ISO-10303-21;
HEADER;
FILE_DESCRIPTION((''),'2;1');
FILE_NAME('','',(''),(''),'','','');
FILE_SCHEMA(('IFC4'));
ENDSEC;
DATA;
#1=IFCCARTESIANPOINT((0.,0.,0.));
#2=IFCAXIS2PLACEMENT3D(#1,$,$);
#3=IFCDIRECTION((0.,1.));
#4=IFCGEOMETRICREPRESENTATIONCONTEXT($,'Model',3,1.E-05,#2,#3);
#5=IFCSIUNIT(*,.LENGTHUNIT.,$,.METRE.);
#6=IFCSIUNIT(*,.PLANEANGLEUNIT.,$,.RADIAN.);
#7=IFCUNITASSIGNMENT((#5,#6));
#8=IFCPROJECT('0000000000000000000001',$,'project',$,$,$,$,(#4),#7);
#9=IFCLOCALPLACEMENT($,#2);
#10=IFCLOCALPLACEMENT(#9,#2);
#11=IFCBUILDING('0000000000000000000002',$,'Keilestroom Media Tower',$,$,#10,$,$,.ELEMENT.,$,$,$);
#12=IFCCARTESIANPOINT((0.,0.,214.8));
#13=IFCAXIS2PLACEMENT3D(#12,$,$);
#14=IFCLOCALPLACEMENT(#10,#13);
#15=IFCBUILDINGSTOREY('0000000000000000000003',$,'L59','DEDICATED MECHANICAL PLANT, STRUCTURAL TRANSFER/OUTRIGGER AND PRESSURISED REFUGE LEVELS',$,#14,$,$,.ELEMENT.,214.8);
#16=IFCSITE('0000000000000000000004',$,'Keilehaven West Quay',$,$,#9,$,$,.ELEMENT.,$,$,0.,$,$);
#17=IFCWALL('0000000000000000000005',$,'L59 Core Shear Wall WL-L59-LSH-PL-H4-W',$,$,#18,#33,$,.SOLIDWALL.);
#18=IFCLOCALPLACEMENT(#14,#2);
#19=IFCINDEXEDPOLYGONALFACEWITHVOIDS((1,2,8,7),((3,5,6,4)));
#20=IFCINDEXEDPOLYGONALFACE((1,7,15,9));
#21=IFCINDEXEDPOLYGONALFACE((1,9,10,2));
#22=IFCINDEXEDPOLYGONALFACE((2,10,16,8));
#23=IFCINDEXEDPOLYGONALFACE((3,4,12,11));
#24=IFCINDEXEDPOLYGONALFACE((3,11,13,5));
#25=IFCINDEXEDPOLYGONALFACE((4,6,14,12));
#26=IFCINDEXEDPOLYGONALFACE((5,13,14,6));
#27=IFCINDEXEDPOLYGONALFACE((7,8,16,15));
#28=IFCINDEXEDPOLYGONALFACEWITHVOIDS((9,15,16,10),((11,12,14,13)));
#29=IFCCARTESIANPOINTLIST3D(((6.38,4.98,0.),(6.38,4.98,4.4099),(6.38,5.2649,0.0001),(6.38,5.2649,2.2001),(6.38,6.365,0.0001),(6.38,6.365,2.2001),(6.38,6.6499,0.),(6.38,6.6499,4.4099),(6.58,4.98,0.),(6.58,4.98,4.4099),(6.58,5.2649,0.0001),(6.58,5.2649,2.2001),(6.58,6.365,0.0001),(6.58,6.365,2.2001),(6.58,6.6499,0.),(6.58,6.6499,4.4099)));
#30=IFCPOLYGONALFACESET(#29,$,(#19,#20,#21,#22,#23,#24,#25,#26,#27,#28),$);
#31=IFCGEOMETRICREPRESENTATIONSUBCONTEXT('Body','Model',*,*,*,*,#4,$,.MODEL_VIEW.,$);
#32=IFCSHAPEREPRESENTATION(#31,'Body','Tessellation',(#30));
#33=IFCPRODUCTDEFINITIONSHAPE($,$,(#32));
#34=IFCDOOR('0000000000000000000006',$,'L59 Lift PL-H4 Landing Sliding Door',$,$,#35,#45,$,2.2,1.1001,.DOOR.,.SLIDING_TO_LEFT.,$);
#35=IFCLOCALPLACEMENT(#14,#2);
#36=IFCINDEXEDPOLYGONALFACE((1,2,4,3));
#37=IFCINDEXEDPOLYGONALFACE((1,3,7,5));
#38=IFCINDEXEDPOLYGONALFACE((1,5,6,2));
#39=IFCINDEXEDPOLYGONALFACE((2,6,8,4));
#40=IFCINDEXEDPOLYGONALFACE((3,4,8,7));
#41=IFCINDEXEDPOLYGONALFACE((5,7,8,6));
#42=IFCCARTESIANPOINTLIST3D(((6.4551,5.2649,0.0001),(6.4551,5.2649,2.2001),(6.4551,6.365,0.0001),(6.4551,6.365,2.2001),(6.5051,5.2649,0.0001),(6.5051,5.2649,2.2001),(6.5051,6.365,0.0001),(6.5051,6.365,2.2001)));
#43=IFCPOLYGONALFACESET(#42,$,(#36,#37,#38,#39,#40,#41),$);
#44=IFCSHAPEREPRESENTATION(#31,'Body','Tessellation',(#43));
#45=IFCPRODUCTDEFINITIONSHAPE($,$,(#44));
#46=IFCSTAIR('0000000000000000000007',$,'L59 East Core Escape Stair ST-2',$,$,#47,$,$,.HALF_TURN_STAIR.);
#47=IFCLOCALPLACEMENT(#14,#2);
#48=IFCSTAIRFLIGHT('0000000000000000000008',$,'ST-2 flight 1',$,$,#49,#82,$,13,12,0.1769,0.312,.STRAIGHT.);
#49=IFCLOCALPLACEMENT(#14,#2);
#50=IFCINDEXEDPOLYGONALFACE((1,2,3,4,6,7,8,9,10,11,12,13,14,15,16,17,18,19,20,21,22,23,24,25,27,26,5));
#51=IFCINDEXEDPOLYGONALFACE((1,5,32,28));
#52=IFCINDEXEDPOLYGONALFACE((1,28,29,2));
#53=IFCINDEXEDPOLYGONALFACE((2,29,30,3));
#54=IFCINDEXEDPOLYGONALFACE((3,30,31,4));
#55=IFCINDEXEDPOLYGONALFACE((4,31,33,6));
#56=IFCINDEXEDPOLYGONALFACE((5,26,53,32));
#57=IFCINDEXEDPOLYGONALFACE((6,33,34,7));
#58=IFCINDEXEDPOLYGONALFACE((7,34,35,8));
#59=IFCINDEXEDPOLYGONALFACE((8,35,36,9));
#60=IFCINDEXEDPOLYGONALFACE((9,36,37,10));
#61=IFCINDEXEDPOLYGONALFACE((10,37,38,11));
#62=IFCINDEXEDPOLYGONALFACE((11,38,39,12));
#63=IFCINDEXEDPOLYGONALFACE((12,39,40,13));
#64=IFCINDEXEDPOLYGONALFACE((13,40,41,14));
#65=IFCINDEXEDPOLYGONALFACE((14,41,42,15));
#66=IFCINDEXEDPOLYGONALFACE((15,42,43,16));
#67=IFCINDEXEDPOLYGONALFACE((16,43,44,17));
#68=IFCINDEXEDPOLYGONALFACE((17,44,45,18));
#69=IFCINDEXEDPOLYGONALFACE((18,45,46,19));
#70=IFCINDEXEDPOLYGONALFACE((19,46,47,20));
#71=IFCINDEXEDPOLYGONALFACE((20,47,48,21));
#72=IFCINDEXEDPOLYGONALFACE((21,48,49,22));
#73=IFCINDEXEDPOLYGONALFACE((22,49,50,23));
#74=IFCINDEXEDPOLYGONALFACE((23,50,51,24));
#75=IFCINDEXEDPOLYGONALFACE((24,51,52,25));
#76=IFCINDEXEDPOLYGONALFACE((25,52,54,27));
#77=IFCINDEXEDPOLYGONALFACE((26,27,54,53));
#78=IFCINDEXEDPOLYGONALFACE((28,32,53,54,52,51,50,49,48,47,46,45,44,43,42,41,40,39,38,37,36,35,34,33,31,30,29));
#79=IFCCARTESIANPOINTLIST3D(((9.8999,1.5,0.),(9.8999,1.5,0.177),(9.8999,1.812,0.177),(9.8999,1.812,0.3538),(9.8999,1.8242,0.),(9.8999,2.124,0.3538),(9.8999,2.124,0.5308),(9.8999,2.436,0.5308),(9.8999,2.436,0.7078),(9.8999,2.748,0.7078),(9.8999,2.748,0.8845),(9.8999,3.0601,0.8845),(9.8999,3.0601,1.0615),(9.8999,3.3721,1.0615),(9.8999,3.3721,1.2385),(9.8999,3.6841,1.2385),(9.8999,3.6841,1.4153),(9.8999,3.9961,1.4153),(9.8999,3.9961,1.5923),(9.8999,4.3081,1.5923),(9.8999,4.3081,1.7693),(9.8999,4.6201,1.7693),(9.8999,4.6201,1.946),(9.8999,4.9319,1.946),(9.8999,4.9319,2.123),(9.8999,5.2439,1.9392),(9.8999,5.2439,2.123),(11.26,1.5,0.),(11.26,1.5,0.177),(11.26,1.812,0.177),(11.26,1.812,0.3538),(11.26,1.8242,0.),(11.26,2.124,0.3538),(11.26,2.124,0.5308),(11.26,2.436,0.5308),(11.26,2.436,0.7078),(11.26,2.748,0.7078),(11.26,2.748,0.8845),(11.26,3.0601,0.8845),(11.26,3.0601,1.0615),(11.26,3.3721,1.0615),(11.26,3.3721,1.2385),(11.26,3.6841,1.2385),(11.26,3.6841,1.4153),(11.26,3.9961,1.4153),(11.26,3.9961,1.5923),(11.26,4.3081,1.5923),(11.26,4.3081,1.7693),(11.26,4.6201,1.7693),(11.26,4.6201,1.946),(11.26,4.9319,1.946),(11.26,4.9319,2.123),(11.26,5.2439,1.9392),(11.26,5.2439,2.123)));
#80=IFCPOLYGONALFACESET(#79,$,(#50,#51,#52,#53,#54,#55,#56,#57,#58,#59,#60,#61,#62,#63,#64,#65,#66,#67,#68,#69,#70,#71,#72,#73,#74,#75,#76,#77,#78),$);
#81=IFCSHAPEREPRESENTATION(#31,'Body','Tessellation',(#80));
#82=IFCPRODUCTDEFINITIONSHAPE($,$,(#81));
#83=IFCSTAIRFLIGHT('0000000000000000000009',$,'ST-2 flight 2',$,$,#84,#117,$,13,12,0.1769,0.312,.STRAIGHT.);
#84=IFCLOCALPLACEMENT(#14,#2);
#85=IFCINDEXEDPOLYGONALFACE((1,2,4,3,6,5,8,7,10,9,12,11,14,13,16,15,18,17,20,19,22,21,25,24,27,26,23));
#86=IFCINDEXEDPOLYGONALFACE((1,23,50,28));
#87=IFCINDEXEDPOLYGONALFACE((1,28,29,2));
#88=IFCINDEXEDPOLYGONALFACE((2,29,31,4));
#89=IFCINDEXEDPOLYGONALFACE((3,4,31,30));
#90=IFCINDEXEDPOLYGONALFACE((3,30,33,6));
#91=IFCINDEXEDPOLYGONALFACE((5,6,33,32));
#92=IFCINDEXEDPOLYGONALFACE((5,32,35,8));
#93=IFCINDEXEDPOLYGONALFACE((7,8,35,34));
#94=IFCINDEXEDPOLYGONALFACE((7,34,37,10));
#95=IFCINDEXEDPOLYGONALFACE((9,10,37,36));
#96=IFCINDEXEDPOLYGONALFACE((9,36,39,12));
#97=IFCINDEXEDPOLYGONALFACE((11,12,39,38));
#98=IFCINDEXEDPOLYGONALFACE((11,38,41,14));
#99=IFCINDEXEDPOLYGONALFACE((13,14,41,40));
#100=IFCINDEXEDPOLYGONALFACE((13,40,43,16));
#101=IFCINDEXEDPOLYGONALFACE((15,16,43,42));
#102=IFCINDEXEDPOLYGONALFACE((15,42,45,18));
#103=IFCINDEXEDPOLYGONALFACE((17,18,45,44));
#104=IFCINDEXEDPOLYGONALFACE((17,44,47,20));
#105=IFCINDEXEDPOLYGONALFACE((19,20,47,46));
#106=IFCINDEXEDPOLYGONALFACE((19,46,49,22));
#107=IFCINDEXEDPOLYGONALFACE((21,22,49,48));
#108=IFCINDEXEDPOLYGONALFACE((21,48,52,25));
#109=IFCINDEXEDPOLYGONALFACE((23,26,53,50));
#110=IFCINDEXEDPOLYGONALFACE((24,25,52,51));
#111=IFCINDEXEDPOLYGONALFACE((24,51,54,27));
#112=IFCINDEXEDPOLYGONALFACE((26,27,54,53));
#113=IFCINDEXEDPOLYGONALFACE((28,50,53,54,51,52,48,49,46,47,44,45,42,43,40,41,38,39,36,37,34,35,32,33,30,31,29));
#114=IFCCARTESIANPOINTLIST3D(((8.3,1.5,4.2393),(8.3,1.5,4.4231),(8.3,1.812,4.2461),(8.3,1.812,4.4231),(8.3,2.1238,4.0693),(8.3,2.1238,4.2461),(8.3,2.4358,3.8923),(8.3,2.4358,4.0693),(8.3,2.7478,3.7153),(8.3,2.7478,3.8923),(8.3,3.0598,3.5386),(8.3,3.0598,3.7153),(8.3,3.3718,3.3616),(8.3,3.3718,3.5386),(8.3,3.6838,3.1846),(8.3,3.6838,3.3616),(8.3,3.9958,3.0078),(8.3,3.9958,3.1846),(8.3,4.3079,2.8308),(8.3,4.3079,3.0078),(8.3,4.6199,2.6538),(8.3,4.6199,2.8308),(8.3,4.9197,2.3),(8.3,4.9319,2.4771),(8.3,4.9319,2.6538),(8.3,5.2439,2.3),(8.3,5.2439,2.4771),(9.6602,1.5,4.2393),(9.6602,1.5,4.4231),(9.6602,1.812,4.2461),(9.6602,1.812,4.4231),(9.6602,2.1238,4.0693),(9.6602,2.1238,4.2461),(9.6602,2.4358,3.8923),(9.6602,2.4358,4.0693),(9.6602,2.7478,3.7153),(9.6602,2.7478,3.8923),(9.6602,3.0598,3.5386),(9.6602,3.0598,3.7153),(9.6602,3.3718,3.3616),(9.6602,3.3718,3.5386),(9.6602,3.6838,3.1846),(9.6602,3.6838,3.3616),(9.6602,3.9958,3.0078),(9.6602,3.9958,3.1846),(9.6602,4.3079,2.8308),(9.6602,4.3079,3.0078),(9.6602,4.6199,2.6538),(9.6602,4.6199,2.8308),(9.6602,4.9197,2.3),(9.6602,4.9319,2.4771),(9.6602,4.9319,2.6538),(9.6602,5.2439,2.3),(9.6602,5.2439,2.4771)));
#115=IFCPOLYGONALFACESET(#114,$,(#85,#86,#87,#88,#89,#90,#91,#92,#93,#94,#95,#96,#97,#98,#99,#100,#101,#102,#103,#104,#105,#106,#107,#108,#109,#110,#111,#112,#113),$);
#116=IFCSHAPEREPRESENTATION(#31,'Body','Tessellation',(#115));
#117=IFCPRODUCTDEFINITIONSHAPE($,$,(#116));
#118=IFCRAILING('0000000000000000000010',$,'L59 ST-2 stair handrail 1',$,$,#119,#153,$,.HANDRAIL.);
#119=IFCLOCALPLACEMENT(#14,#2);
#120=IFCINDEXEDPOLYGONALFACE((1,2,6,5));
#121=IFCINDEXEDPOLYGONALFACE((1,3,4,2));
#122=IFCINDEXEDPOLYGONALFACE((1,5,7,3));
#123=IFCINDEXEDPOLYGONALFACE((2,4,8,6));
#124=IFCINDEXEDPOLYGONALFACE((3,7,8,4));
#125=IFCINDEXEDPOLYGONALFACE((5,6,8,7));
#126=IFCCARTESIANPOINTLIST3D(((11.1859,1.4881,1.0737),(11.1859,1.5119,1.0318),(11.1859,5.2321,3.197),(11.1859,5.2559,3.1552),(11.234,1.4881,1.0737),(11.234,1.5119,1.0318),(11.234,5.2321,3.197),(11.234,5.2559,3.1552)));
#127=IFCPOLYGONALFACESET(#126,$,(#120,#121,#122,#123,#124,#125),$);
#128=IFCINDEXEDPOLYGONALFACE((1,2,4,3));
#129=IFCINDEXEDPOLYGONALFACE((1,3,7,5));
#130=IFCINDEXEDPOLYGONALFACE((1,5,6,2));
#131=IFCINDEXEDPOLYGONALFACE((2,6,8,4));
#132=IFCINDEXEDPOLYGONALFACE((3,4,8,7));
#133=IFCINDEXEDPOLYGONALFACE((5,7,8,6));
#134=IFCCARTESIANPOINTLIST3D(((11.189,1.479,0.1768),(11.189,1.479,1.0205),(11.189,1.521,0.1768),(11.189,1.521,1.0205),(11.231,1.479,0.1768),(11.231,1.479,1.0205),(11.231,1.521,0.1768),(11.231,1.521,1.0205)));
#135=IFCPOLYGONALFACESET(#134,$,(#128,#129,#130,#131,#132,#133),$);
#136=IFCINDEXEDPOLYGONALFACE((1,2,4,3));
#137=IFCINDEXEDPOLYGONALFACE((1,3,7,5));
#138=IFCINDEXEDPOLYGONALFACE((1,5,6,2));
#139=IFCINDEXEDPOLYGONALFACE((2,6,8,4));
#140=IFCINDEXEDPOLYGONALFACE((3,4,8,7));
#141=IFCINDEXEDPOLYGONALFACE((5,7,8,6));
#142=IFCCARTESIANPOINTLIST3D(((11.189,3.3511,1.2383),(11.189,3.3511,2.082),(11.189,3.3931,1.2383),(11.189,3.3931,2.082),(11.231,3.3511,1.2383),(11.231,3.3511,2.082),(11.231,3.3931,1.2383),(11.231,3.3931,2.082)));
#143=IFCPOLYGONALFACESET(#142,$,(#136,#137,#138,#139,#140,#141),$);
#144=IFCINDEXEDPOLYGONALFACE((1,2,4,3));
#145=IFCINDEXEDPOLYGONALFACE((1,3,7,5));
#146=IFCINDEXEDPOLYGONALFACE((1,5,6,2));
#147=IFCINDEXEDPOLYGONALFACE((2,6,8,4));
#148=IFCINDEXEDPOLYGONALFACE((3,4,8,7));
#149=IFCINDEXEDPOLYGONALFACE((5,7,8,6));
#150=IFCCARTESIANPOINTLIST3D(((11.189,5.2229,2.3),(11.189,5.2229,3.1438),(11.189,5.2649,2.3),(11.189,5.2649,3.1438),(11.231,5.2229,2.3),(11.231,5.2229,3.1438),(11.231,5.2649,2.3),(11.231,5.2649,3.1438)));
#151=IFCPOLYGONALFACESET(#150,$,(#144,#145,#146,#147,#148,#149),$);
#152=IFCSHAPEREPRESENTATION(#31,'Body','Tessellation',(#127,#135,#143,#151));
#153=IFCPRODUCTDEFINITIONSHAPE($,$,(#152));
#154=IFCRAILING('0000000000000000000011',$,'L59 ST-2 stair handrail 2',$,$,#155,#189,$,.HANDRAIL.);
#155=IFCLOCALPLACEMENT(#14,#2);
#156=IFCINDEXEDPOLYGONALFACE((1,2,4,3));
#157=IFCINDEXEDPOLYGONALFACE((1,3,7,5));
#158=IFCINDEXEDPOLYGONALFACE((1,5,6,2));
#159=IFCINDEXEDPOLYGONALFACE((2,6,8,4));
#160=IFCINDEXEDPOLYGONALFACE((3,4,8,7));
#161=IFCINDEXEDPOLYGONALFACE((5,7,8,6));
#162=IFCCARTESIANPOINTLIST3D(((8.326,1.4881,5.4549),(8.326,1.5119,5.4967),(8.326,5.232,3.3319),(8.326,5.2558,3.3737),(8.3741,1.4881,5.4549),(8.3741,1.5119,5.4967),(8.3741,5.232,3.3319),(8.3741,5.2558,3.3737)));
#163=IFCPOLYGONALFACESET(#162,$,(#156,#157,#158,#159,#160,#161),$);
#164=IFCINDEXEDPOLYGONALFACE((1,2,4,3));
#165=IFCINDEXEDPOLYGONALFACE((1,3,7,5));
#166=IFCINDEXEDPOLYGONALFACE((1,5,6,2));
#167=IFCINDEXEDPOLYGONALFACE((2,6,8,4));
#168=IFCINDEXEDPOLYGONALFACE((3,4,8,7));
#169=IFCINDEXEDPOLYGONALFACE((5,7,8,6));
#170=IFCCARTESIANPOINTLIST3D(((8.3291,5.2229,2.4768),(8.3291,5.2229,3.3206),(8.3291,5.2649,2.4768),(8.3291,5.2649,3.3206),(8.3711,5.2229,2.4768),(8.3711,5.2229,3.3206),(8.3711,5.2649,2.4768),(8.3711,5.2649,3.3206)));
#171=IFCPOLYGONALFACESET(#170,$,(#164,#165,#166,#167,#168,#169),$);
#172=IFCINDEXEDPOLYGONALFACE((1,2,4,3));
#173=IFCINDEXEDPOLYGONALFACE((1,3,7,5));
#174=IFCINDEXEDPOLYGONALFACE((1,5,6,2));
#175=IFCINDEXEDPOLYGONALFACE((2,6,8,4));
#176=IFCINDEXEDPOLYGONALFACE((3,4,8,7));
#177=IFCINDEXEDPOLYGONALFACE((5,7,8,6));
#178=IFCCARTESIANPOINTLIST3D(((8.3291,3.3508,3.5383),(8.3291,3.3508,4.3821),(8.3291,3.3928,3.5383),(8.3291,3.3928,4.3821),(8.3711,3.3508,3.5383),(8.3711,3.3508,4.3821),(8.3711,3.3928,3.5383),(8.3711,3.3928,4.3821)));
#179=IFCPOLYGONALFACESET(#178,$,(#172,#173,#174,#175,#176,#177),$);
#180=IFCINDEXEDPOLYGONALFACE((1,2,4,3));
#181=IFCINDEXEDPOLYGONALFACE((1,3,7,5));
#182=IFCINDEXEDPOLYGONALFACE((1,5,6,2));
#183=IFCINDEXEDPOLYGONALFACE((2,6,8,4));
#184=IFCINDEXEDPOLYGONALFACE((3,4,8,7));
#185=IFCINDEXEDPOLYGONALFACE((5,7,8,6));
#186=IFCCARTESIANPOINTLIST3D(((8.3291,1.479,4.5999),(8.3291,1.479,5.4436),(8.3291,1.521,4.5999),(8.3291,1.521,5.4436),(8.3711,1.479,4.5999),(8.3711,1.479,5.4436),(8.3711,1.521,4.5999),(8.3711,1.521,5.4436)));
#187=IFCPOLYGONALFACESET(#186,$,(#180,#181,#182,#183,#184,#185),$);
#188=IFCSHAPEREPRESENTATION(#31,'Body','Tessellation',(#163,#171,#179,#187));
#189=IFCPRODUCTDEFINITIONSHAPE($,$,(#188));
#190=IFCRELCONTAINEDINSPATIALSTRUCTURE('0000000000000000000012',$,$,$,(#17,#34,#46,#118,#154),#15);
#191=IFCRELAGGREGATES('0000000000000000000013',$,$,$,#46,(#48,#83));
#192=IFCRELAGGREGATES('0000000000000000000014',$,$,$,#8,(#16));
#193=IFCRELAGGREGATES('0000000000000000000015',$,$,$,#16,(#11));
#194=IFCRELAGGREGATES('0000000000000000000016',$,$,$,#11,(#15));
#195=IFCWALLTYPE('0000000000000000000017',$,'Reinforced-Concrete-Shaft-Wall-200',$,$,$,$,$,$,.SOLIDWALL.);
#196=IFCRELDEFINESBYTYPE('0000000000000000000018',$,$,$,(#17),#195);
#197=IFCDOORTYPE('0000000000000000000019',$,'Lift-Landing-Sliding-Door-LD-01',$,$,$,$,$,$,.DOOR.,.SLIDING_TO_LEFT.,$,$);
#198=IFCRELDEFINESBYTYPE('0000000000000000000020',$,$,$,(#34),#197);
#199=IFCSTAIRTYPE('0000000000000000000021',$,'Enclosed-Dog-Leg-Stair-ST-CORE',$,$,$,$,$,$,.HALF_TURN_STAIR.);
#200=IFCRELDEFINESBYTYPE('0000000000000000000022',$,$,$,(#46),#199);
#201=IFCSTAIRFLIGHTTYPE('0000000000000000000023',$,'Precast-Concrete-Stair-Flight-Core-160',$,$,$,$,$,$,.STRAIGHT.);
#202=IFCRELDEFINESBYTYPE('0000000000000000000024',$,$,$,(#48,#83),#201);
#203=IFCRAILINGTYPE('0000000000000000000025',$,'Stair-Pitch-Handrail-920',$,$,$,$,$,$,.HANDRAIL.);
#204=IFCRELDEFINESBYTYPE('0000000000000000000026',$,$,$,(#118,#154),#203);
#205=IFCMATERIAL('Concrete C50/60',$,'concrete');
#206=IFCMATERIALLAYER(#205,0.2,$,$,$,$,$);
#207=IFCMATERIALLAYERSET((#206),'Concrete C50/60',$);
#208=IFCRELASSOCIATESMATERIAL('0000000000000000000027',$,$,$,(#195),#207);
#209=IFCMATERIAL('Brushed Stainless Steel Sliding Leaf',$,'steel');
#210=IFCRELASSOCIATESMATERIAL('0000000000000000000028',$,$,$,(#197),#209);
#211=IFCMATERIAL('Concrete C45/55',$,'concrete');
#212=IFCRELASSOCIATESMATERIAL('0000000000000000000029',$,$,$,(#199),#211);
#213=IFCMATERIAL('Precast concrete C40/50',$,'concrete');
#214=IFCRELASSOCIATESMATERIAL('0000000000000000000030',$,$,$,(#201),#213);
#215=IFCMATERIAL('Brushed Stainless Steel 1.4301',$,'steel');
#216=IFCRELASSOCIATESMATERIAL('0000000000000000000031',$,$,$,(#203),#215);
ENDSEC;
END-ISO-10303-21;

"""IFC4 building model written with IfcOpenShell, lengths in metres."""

from ifc_helpers import new_model, si_unit, direction, frame, frame_2d, origin, origin_2d, place, context, subcontext, project, spatial, polyline, rectangle, outline, extrude, source, transform, mapped, material, layer, layer_set, type_object, element, fill, aggregate, save


model = new_model("IFC4")

# Units and contexts
model_context = context("Model", 3, precision=1e-05, world=origin(), true_north=direction((0.0, 1.0)))
body_context = subcontext(model_context, "Body", "Model", "MODEL_VIEW")
ifc_project = project(units=[si_unit("LENGTHUNIT", "METRE"), si_unit("PLANEANGLEUNIT", "RADIAN")], contexts=[model_context])

# Site, building, storey
site_placement = place(None, origin())
site = spatial("IfcSite", under=ifc_project, at=site_placement, Name="Keilehaven West Quay", CompositionType="ELEMENT", RefElevation=0.0)
building_placement = place(site_placement, origin())
building = spatial("IfcBuilding", under=site, at=building_placement, Name="Keilestroom Media Tower", CompositionType="ELEMENT")
storey_placement = place(building_placement, frame((0.0, 0.0, 214.8)))
storey = spatial("IfcBuildingStorey", under=building, at=storey_placement, Name="L59", Description="DEDICATED MECHANICAL PLANT, STRUCTURAL TRANSFER/OUTRIGGER AND PRESSURISED REFUGE LEVELS", CompositionType="ELEMENT", Elevation=214.8)

# Shared definitions
ifc_material_1 = material(Name="Concrete C50/60", Category="concrete")
ifc_layer_1 = layer(ifc_material_1, 0.2)
ifc_layer_set_1 = layer_set([ifc_layer_1], Name="Concrete C50/60")
wall_type_1 = type_object("IfcWallType", Name="Reinforced-Concrete-Shaft-Wall-200", PredefinedType="SOLIDWALL", material=ifc_layer_set_1)

# Shared definitions
ifc_material_2 = material(Name="Brushed Stainless Steel Sliding Leaf", Category="steel")
door_type = type_object("IfcDoorType", Name="Lift-Landing-Sliding-Door-LD-01", OperationType="SLIDING_TO_LEFT", PredefinedType="DOOR", material=ifc_material_2)
shared_shape_1 = source(origin(), body_context, "Body", "SweptSolid", [
    extrude(rectangle(XDim=1.1001, YDim=2.2, at=frame_2d((0.55, 1.1001))), frame((0.0, 0.0249, 0.0), z_axis=(0.0, -1.0, 0.0), x_axis=(1.0, 0.0, 0.0)), (0.0, 0.0, 1.0), 0.05),
])

# Wall, opening, door
wall_1_placement = place(storey_placement, frame((6.48, 4.98, 0.0), z_axis=(0.0, 0.0, 1.0), x_axis=(0.0, 1.0, 0.0)))
wall_1 = element("IfcWall", 1, at=wall_1_placement, inside=storey, type_object=wall_type_1, Name="L59 Core Shear Wall WL-L59-LSH-PL-H4-W", PredefinedType="SOLIDWALL", context=body_context, shape_type="SweptSolid", body=[
    extrude(rectangle(XDim=1.6699, YDim=0.2, at=frame_2d((0.835, 0.0))), origin(), (0.0, 0.0, 1.0), 4.4099),
])
opening_1_placement = place(wall_1_placement, frame((0.2849, 0.0, 0.0)))
opening_1 = element("IfcOpeningElement", 2, at=opening_1_placement, cuts=wall_1, PredefinedType="OPENING", context=body_context, shape_type="SweptSolid", body=[
    extrude(rectangle(XDim=1.1001, YDim=2.2, at=frame_2d((0.55, 1.1001))), frame((0.0, 0.1099, 0.0), z_axis=(0.0, -1.0, 0.0), x_axis=(1.0, 0.0, 0.0)), (0.0, 0.0, 1.0), 0.22),
])
door_1_placement = place(opening_1_placement, origin())
door_1 = element("IfcDoor", 3, at=door_1_placement, inside=storey, type_object=door_type, Name="L59 Lift PL-H4 Landing Sliding Door", OperationType="SLIDING_TO_LEFT", OverallHeight=2.2, OverallWidth=1.1001, PredefinedType="DOOR", context=body_context, shape_type="MappedRepresentation", body=[
    mapped(shared_shape_1, transform((0.0, 0.0, 0.0), x_axis=(1.0, 0.0, 0.0), y_axis=(0.0, 1.0, 0.0), z_axis=(0.0, 0.0, 1.0), scale=1.0)),
])
fill(opening_1, door_1)

# Stair, stair flights
ifc_material_3 = material(Name="Concrete C45/55", Category="concrete")
stair_type = type_object("IfcStairType", Name="Enclosed-Dog-Leg-Stair-ST-CORE", PredefinedType="HALF_TURN_STAIR", material=ifc_material_3)
stair_placement = place(storey_placement, origin())
stair = element("IfcStair", 4, at=stair_placement, inside=storey, type_object=stair_type, Name="L59 East Core Escape Stair ST-2", PredefinedType="HALF_TURN_STAIR")
ifc_material_4 = material(Name="Precast concrete C40/50", Category="concrete")
stair_flight_type = type_object("IfcStairFlightType", Name="Precast-Concrete-Stair-Flight-Core-160", PredefinedType="STRAIGHT", material=ifc_material_4)
stair_flight_1_placement = place(storey_placement, frame((10.5801, 1.5, 0.0), z_axis=(0.0, 0.0, 1.0), x_axis=(0.0, 1.0, 0.0)))
stair_flight_1 = element("IfcStairFlight", 5, at=stair_flight_1_placement, type_object=stair_flight_type, Name="ST-2 flight 1", NumberOfRisers=13, NumberOfTreads=12, PredefinedType="STRAIGHT", RiserHeight=0.1769, TreadLength=0.312, context=body_context, shape_type="SweptSolid", body=[
    extrude(outline(polyline([(0.0, 0.0), (0.0, 0.177), (0.312, 0.177), (0.312, 0.3538), (0.624, 0.3538), (0.624, 0.5308), (0.936, 0.5308), (0.936, 0.7078), (1.248, 0.7078), (1.248, 0.8845), (1.5601, 0.8845), (1.5601, 1.0615), (1.8721, 1.0615), (1.8721, 1.2385), (2.1841, 1.2385), (2.1841, 1.4153), (2.4961, 1.4153), (2.4961, 1.5923), (2.8081, 1.5923), (2.8081, 1.7693), (3.1201, 1.7693), (3.1201, 1.946), (3.4319, 1.946), (3.4319, 2.123), (3.7439, 2.123), (3.7439, 2.3), (3.7439, 1.9392), (0.3242, 0.0), (0.0, 0.0)])), frame((0.0, 0.6802, 0.0), z_axis=(0.0, -1.0, 0.0), x_axis=(1.0, 0.0, 0.0)), (0.0, 0.0, 1.0), 1.3601),
])
stair_flight_2_placement = place(storey_placement, frame((8.98, 5.2439, 2.3), z_axis=(0.0, 0.0, 1.0), x_axis=(0.0, -1.0, 0.0)))
stair_flight_2 = element("IfcStairFlight", 6, at=stair_flight_2_placement, type_object=stair_flight_type, Name="ST-2 flight 2", NumberOfRisers=13, NumberOfTreads=12, PredefinedType="STRAIGHT", RiserHeight=0.1769, TreadLength=0.312, context=body_context, shape_type="SweptSolid", body=[
    extrude(outline(polyline([(0.0, 0.0), (0.0, 0.177), (0.312, 0.177), (0.312, 0.3538), (0.624, 0.3538), (0.624, 0.5308), (0.936, 0.5308), (0.936, 0.7078), (1.248, 0.7078), (1.248, 0.8845), (1.5601, 0.8845), (1.5601, 1.0615), (1.8721, 1.0615), (1.8721, 1.2385), (2.1841, 1.2385), (2.1841, 1.4153), (2.4961, 1.4153), (2.4961, 1.5923), (2.8081, 1.5923), (2.8081, 1.7693), (3.1201, 1.7693), (3.1201, 1.946), (3.4319, 1.946), (3.4319, 2.123), (3.7439, 2.123), (3.7439, 2.3), (3.7439, 1.9392), (0.3242, 0.0), (0.0, 0.0)])), frame((0.0, 0.6802, 0.0), z_axis=(0.0, -1.0, 0.0), x_axis=(1.0, 0.0, 0.0)), (0.0, 0.0, 1.0), 1.3601),
])
aggregate(stair, [stair_flight_1, stair_flight_2])

# Railings
ifc_material_5 = material(Name="Brushed Stainless Steel 1.4301", Category="steel")
railing_type_1 = type_object("IfcRailingType", Name="Stair-Pitch-Handrail-920", PredefinedType="HANDRAIL", material=ifc_material_5)
railing_1_placement = place(storey_placement, frame((11.21, 1.5, 0.1768)))
element("IfcRailing", 7, at=railing_1_placement, inside=storey, type_object=railing_type_1, Name="L59 ST-2 stair handrail 1", PredefinedType="HANDRAIL", context=body_context, shape_type="SweptSolid", body=[
    extrude(rectangle(XDim=0.0481, YDim=0.0481, at=origin_2d()), frame((0.0, 0.0, 0.876), z_axis=(0.0, 0.869848, 0.49332), x_axis=(-1.0, 0.0, 0.0)), (0.0, 0.0, 1.0), 4.3042),
    extrude(rectangle(XDim=0.042, YDim=0.042, at=origin_2d()), origin(), (0.0, 0.0, 1.0), 0.8438),
    extrude(rectangle(XDim=0.042, YDim=0.042, at=origin_2d()), frame((0.0, 1.8721, 1.0615)), (0.0, 0.0, 1.0), 0.8438),
    extrude(rectangle(XDim=0.042, YDim=0.042, at=origin_2d()), frame((0.0, 3.7439, 2.1233)), (0.0, 0.0, 1.0), 0.8438),
])
railing_2_placement = place(storey_placement, frame((8.3501, 5.2439, 2.4768)))
element("IfcRailing", 8, at=railing_2_placement, inside=storey, type_object=railing_type_1, Name="L59 ST-2 stair handrail 2", PredefinedType="HANDRAIL", context=body_context, shape_type="SweptSolid", body=[
    extrude(rectangle(XDim=0.0481, YDim=0.0481, at=origin_2d()), frame((0.0, 0.0, 0.876), z_axis=(0.0, -0.869872, 0.493277), x_axis=(1.0, 0.0, 0.0)), (0.0, 0.0, 1.0), 4.304),
    extrude(rectangle(XDim=0.042, YDim=0.042, at=origin_2d()), origin(), (0.0, 0.0, 1.0), 0.8438),
    extrude(rectangle(XDim=0.042, YDim=0.042, at=origin_2d()), frame((0.0, -1.8721, 1.0615)), (0.0, 0.0, 1.0), 0.8438),
    extrude(rectangle(XDim=0.042, YDim=0.042, at=origin_2d()), frame((0.0, -3.7439, 2.123)), (0.0, 0.0, 1.0), 0.8438),
])

save(model, "model.ifc")
